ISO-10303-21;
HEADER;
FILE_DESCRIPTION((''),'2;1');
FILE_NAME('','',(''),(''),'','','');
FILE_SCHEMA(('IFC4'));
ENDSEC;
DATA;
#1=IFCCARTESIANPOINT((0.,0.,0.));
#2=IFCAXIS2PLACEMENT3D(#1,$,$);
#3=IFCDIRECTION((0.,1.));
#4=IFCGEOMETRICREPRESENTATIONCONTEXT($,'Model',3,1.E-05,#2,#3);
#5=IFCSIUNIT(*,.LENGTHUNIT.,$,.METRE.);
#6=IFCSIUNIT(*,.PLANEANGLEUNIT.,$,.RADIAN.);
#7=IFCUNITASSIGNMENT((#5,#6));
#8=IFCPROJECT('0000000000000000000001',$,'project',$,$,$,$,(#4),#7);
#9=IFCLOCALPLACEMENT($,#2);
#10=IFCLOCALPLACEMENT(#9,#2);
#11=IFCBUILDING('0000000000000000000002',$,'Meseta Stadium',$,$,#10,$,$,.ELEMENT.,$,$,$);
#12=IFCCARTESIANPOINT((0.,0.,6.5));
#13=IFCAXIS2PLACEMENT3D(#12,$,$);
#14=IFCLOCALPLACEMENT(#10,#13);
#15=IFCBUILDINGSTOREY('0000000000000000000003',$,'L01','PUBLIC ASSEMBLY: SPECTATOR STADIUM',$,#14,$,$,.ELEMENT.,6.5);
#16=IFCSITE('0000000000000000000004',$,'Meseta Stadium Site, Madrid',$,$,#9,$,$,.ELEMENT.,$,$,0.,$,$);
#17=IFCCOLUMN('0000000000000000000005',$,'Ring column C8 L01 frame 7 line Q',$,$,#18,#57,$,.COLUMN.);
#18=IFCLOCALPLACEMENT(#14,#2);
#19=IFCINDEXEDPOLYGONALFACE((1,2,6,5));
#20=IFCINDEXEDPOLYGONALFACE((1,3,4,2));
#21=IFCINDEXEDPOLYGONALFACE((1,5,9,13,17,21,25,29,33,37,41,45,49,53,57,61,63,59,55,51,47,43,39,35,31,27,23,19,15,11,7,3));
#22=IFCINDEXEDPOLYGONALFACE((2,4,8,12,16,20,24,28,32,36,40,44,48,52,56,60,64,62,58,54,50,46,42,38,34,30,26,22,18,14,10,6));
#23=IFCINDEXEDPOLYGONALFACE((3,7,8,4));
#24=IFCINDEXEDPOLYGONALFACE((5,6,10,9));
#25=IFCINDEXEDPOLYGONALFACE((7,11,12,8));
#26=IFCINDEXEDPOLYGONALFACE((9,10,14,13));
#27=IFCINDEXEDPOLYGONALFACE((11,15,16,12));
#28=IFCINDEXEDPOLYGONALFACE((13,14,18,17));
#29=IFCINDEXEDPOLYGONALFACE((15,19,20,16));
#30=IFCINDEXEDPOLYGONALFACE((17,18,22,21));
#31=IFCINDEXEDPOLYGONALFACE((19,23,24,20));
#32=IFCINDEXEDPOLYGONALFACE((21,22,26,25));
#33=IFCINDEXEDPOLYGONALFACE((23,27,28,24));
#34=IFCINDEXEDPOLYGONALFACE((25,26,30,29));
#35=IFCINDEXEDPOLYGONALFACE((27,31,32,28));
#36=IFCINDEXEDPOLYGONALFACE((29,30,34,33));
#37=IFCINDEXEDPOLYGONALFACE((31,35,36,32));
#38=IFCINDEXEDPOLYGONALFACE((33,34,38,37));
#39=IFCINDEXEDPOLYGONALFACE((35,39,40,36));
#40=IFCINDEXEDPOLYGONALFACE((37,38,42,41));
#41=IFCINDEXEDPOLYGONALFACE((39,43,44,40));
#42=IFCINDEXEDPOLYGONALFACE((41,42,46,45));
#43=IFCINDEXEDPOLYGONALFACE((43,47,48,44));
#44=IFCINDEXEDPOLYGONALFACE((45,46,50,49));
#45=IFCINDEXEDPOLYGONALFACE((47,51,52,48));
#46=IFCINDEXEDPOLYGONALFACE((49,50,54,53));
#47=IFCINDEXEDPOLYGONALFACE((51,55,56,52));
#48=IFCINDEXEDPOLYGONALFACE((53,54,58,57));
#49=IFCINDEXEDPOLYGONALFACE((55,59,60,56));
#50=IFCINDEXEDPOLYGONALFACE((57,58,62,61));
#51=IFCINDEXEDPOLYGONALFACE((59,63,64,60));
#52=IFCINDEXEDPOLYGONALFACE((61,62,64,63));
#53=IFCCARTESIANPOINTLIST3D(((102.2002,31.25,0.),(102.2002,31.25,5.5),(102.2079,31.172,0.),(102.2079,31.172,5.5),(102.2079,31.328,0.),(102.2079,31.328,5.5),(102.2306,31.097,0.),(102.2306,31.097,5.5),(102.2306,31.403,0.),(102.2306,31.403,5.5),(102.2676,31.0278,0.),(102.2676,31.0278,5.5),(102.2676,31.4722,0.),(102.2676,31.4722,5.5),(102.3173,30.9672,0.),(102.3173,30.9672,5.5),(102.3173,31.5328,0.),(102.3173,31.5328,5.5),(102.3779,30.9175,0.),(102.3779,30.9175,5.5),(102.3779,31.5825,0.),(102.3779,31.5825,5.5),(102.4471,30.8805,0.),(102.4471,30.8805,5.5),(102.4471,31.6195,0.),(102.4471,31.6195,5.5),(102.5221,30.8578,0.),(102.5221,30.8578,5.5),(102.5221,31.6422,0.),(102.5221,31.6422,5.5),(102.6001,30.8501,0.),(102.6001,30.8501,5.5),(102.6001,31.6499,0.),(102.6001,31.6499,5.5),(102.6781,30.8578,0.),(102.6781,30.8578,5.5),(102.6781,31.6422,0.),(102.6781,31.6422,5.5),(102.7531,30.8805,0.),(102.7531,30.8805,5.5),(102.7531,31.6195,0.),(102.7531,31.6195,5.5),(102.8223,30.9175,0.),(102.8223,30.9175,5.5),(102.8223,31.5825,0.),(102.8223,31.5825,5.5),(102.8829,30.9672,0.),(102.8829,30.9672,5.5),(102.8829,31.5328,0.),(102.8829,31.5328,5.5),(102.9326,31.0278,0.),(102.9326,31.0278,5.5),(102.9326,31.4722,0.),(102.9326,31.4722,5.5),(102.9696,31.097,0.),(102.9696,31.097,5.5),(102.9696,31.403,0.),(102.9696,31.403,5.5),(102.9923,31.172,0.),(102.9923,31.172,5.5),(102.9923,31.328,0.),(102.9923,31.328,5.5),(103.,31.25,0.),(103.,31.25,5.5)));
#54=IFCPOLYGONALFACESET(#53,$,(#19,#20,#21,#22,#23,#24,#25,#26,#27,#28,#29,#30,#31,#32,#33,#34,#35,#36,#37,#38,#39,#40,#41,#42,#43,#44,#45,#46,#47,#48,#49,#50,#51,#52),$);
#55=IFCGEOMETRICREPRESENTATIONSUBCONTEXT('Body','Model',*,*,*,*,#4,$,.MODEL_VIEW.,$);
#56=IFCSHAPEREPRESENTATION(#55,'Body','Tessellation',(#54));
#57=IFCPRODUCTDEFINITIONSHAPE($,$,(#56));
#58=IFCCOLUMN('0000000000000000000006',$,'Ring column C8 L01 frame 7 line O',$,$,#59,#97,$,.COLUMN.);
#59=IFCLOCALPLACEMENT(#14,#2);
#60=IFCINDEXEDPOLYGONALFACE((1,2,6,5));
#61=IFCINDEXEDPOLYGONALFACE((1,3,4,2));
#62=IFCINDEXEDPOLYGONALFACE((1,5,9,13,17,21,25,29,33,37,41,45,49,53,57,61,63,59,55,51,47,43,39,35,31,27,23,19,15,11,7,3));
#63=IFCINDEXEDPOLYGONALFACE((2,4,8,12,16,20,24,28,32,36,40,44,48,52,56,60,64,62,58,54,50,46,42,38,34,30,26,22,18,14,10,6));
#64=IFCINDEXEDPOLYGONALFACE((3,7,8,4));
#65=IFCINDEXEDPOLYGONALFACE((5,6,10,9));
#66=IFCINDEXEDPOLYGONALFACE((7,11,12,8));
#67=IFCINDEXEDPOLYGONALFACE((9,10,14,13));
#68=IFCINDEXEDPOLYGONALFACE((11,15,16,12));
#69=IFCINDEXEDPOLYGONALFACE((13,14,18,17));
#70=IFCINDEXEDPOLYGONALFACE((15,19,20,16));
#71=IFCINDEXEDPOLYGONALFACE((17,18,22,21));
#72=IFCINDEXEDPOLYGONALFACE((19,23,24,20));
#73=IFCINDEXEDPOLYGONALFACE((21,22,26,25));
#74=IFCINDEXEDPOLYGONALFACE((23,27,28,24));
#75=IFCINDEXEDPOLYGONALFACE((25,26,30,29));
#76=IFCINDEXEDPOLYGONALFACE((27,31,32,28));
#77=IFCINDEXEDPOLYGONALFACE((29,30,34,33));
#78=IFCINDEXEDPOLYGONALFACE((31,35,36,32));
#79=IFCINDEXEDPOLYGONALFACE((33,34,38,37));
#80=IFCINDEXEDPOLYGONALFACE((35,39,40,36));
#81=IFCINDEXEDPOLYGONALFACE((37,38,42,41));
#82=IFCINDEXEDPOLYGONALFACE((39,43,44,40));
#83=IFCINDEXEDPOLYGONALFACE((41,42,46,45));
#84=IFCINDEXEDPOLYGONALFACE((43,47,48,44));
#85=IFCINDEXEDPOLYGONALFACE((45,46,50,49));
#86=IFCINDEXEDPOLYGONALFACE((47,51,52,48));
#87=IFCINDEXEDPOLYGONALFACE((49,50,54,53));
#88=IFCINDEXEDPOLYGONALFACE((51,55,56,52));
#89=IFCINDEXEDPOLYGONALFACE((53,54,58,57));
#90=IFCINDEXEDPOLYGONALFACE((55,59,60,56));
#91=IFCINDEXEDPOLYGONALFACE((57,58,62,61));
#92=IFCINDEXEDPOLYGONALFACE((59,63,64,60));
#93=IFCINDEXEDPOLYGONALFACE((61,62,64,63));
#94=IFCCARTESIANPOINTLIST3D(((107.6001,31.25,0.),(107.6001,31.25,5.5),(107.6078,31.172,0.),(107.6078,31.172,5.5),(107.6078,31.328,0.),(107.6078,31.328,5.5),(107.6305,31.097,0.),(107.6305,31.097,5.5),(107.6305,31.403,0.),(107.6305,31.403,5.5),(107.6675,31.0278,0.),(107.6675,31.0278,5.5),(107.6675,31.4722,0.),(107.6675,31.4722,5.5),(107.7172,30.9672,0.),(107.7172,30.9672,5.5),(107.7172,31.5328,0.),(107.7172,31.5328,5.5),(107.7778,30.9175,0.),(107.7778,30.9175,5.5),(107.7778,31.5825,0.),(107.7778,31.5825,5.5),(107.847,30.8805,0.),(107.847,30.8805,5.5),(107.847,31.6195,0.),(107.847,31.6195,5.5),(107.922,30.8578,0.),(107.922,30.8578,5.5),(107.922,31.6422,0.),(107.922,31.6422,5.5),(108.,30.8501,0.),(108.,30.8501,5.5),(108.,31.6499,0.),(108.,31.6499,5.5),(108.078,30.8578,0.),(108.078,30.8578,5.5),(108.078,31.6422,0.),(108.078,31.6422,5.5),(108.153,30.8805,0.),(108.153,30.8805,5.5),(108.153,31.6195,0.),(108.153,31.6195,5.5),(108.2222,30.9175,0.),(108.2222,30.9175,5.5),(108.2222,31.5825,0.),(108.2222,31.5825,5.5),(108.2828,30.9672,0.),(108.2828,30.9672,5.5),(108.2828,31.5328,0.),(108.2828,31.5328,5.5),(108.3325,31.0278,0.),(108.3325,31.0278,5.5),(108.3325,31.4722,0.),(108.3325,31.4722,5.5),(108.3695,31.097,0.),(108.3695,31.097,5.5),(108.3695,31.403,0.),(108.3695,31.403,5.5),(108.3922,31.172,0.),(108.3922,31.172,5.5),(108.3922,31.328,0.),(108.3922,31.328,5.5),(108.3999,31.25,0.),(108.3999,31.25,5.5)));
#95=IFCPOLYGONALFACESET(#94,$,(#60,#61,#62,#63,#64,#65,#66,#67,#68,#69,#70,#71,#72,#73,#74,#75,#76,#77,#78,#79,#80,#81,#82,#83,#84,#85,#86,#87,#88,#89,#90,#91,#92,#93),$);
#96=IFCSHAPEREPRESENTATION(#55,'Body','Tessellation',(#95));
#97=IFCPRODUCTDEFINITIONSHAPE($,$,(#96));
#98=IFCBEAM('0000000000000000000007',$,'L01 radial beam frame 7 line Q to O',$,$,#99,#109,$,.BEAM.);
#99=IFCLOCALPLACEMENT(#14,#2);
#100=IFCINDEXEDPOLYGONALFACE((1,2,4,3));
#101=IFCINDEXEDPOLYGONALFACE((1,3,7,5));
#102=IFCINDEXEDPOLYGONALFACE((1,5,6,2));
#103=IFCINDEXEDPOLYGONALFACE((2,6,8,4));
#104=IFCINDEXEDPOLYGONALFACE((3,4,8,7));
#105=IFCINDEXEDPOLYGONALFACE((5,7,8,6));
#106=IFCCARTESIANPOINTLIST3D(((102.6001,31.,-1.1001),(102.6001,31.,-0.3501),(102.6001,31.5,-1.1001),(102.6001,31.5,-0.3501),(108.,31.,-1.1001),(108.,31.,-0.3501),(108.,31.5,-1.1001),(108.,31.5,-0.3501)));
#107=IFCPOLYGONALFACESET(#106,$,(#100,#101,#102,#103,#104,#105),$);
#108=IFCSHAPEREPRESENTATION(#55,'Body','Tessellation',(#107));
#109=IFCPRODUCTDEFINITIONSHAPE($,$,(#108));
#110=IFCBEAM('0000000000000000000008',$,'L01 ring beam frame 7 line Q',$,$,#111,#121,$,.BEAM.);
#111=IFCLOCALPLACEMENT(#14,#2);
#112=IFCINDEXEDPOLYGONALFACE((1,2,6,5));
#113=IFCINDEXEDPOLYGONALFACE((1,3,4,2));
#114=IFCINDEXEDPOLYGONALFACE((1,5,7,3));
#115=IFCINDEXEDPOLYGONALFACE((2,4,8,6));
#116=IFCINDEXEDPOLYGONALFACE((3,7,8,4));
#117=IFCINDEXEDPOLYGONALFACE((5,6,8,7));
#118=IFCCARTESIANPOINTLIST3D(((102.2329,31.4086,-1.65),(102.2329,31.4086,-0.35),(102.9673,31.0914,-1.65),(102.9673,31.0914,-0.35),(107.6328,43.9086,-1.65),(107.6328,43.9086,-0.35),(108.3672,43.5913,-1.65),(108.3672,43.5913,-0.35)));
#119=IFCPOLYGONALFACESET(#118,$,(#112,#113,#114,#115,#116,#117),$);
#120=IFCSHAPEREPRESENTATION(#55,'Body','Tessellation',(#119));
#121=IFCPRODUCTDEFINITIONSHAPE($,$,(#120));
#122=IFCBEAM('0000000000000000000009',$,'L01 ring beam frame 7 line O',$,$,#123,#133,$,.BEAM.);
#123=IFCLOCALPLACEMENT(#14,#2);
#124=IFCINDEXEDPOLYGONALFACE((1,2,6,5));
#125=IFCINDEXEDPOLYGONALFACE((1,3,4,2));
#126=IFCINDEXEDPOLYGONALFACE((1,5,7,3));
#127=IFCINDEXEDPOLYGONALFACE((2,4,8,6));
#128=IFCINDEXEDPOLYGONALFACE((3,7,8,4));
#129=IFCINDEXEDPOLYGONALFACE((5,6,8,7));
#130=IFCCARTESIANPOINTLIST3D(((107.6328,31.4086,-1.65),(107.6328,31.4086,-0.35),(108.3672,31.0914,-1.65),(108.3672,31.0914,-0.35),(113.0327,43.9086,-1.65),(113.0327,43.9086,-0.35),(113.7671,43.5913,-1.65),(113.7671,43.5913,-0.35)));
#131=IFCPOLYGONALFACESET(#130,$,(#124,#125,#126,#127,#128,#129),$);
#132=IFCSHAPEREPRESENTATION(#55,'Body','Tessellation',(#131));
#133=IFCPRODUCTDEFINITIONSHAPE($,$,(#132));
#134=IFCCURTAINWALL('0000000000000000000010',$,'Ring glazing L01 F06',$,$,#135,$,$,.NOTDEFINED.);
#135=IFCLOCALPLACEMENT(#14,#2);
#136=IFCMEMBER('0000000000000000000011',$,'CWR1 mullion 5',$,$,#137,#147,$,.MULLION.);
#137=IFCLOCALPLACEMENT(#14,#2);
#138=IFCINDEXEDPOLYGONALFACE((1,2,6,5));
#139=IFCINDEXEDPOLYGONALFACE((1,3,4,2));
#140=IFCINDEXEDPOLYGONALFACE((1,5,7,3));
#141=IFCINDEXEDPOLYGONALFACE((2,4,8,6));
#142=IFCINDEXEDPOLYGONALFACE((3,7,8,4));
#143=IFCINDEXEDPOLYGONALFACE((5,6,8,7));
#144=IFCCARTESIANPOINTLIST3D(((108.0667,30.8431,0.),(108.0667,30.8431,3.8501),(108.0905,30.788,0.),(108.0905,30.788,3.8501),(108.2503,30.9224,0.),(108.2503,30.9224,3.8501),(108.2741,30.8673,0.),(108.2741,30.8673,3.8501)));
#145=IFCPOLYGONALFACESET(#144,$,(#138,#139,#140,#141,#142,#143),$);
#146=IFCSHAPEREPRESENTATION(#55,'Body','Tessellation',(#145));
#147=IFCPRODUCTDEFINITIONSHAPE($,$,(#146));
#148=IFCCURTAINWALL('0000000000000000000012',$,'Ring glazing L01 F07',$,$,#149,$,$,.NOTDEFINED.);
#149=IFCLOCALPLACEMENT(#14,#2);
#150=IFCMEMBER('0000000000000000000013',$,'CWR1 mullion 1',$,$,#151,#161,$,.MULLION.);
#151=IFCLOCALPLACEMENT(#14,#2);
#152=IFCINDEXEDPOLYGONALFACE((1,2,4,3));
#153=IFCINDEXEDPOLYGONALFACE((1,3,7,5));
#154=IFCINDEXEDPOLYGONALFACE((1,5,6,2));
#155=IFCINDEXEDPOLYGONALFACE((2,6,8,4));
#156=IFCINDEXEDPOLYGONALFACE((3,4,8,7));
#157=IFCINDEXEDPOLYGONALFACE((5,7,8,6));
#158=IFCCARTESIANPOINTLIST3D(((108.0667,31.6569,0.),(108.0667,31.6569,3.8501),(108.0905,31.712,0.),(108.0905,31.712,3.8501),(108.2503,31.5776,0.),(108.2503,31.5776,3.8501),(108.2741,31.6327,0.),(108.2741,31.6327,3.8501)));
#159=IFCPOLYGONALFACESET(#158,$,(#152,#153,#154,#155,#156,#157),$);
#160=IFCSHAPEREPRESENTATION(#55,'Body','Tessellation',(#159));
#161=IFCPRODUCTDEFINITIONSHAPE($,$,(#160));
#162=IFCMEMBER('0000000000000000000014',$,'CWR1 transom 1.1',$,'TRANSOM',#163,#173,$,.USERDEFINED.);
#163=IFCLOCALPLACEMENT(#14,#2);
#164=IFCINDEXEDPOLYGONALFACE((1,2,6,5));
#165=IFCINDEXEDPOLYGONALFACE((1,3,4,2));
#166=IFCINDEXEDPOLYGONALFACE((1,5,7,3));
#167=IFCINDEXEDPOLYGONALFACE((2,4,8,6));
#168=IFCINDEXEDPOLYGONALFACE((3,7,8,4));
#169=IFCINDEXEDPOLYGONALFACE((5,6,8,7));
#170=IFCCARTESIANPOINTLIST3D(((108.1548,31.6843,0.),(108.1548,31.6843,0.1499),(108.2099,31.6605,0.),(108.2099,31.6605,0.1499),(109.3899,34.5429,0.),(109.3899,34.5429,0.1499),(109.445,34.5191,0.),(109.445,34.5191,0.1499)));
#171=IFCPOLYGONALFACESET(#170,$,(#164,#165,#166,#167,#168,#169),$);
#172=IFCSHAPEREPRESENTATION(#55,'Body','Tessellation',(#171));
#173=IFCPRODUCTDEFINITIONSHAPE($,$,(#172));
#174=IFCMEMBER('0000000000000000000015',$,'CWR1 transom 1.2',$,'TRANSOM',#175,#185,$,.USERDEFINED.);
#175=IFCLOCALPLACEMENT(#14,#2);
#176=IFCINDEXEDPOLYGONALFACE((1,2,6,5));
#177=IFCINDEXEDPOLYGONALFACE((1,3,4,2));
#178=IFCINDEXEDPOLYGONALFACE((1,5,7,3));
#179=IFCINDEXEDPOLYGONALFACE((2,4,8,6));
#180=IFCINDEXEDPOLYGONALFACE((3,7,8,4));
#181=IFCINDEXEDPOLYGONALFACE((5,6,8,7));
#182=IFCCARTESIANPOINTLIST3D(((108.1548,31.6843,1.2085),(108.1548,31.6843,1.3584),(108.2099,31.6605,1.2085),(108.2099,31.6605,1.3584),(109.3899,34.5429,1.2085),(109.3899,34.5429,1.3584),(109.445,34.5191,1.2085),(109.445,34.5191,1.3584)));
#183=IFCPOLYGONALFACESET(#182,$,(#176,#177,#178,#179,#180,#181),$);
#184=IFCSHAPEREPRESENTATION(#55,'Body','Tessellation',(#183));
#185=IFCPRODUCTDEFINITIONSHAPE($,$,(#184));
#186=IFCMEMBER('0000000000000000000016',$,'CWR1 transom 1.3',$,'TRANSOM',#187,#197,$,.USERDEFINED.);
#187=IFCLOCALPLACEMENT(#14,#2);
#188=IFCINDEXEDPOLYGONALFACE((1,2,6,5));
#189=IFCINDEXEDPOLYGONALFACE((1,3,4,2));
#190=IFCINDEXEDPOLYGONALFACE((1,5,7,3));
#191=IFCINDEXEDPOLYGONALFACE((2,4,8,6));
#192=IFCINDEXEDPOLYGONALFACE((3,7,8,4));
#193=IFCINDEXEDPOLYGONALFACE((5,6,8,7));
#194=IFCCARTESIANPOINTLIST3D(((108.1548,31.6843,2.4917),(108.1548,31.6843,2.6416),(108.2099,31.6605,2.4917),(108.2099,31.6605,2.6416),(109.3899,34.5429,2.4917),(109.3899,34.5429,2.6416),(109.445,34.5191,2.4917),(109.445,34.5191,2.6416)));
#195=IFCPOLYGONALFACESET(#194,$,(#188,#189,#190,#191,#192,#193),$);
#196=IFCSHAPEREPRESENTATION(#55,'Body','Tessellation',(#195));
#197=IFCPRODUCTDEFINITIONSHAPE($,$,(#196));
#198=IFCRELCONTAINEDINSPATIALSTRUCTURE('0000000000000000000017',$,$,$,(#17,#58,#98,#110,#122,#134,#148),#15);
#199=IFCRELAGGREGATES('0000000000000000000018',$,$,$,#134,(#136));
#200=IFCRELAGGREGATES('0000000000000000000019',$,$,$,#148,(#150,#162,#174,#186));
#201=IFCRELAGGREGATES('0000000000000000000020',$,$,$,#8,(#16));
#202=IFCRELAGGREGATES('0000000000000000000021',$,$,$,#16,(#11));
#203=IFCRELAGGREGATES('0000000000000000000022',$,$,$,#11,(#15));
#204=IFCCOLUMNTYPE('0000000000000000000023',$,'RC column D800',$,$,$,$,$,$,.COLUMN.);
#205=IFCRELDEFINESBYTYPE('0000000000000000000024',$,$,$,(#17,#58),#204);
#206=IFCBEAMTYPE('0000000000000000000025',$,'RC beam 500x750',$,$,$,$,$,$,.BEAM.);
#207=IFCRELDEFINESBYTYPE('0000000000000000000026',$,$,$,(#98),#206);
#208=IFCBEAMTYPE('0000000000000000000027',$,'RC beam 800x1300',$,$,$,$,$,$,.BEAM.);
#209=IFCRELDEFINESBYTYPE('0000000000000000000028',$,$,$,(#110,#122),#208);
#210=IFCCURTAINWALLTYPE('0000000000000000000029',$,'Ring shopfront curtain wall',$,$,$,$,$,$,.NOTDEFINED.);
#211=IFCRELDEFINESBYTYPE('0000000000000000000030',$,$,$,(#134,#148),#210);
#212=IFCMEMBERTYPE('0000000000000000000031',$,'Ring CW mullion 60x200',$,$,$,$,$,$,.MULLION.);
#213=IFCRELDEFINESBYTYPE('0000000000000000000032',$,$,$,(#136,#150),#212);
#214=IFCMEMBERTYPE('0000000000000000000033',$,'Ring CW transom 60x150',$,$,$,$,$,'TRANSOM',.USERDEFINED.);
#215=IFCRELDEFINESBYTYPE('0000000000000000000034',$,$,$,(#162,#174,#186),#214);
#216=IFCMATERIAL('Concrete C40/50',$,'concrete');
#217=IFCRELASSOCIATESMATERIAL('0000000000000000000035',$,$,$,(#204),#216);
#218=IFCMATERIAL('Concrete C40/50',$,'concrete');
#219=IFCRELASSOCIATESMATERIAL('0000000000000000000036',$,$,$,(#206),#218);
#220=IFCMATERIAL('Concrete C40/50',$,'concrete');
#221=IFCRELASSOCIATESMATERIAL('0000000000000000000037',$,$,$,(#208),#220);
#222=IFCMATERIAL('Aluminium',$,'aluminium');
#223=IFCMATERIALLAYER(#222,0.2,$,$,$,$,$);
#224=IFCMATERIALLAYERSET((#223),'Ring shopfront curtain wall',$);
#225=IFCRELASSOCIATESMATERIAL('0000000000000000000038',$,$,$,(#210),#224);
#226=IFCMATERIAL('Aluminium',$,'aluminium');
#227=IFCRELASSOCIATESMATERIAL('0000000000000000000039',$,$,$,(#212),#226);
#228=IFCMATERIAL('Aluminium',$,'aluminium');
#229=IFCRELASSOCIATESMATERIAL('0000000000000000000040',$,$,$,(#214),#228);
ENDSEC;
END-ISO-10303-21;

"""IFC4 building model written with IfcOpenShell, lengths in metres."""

from ifc_helpers import new_model, si_unit, direction, frame, origin, origin_2d, place, context, subcontext, project, spatial, rectangle, circle, extrude, material, layer, layer_set, material_profile, profile_set, type_object, element, aggregate, save


model = new_model("IFC4")

# Units and contexts
model_context = context("Model", 3, precision=1e-05, world=origin(), true_north=direction((0.0, 1.0)))
body_context = subcontext(model_context, "Body", "Model", "MODEL_VIEW")
ifc_project = project(units=[si_unit("LENGTHUNIT", "METRE"), si_unit("PLANEANGLEUNIT", "RADIAN")], contexts=[model_context])

# Site, building, storey
site_placement = place(None, origin())
site = spatial("IfcSite", under=ifc_project, at=site_placement, Name="Meseta Stadium Site, Madrid", CompositionType="ELEMENT", RefElevation=0.0)
building_placement = place(site_placement, origin())
building = spatial("IfcBuilding", under=site, at=building_placement, Name="Meseta Stadium", CompositionType="ELEMENT")
storey_placement = place(building_placement, frame((0.0, 0.0, 6.5)))
storey = spatial("IfcBuildingStorey", under=building, at=storey_placement, Name="L01", Description="PUBLIC ASSEMBLY: SPECTATOR STADIUM", CompositionType="ELEMENT", Elevation=6.5)

# Columns
ifc_material_1 = material(Name="Concrete C40/50", Category="concrete")
ifc_material_profile_1 = material_profile(ifc_material_1, circle(Radius=0.3999, at=origin_2d()), Name="RC D800")
ifc_profile_set_1 = profile_set([ifc_material_profile_1], Name="Concrete C40/50")
column_type = type_object("IfcColumnType", Name="RC column D800", PredefinedType="COLUMN", material=ifc_profile_set_1)
for number, where, z_axis, x_axis, name in (
    (1, (102.6001, 31.25, 0.0), (0.0, 0.0, 1.0), (1.0, 0.0, 0.0), "Ring column C8 L01 frame 7 line Q"),
    (2, (108.0, 31.25, 0.0), (0.0, 0.0, 1.0), (1.0, 0.0, 0.0), "Ring column C8 L01 frame 7 line O"),
):
    element("IfcColumn", number, at=place(storey_placement, frame(where, z_axis=z_axis, x_axis=x_axis)), inside=storey, type_object=column_type, Name=name, PredefinedType="COLUMN", context=body_context, shape_type="SweptSolid", body=[
        extrude(circle(Radius=0.3999, at=origin_2d()), origin(), (0.0, 0.0, 1.0), 5.5),
    ])

# Beams
ifc_material_2 = material(Name="Concrete C40/50", Category="concrete")
ifc_material_profile_2 = material_profile(ifc_material_2, rectangle(XDim=0.5, YDim=0.75, at=origin_2d()), Name="RC 500x750")
ifc_profile_set_2 = profile_set([ifc_material_profile_2], Name="Concrete C40/50")
beam_type_1 = type_object("IfcBeamType", Name="RC beam 500x750", PredefinedType="BEAM", material=ifc_profile_set_2)
beam_placement = place(storey_placement, frame((102.6001, 31.25, -0.7251), z_axis=(1.0, 0.0, 0.0), x_axis=(0.0, 1.0, 0.0)))
element("IfcBeam", 3, at=beam_placement, inside=storey, type_object=beam_type_1, Name="L01 radial beam frame 7 line Q to O", PredefinedType="BEAM", context=body_context, shape_type="SweptSolid", body=[
    extrude(rectangle(XDim=0.5, YDim=0.75, at=origin_2d()), origin(), (0.0, 0.0, 1.0), 5.3999),
])
ifc_material_3 = material(Name="Concrete C40/50", Category="concrete")
ifc_material_profile_3 = material_profile(ifc_material_3, rectangle(XDim=0.8, YDim=1.3, at=origin_2d()), Name="RC 800x1300")
ifc_profile_set_3 = profile_set([ifc_material_profile_3], Name="Concrete C40/50")
beam_type_2 = type_object("IfcBeamType", Name="RC beam 800x1300", PredefinedType="BEAM", material=ifc_profile_set_3)
for number, where, z_axis, x_axis, name in (
    (4, (102.6001, 31.25, -1.0), (0.396571, 0.918004, 0.0), (-0.918004, 0.396571, 0.0), "L01 ring beam frame 7 line Q"),
    (5, (108.0, 31.25, -1.0), (0.396571, 0.918004, 0.0), (-0.918004, 0.396571, 0.0), "L01 ring beam frame 7 line O"),
):
    element("IfcBeam", number, at=place(storey_placement, frame(where, z_axis=z_axis, x_axis=x_axis)), inside=storey, type_object=beam_type_2, Name=name, PredefinedType="BEAM", context=body_context, shape_type="SweptSolid", body=[
        extrude(rectangle(XDim=0.8, YDim=1.3, at=origin_2d()), origin(), (0.0, 0.0, 1.0), 13.6165),
    ])

# Curtain wall, member
ifc_material_4 = material(Name="Aluminium", Category="aluminium")
ifc_layer_1 = layer(ifc_material_4, 0.2)
ifc_layer_set_1 = layer_set([ifc_layer_1], Name="Ring shopfront curtain wall")
curtain_wall_type = type_object("IfcCurtainWallType", Name="Ring shopfront curtain wall", PredefinedType="NOTDEFINED", material=ifc_layer_set_1)
curtain_wall_1_placement = place(storey_placement, origin())
curtain_wall_1 = element("IfcCurtainWall", 6, at=curtain_wall_1_placement, inside=storey, type_object=curtain_wall_type, Name="Ring glazing L01 F06", PredefinedType="NOTDEFINED")
ifc_material_5 = material(Name="Aluminium", Category="aluminium")
ifc_material_profile_4 = material_profile(ifc_material_5, rectangle(XDim=0.2, YDim=0.0601, at=origin_2d()), Name="CW 200x60")
ifc_profile_set_4 = profile_set([ifc_material_profile_4], Name="Aluminium")
member_type_1 = type_object("IfcMemberType", Name="Ring CW mullion 60x200", PredefinedType="MULLION", material=ifc_profile_set_4)
member_1_placement = place(storey_placement, frame((108.1704, 30.8552, 0.0), z_axis=(0.0, 0.0, 1.0), x_axis=(-0.918, -0.396581, 0.0)))
member_1 = element("IfcMember", 7, at=member_1_placement, type_object=member_type_1, Name="CWR1 mullion 5", PredefinedType="MULLION", context=body_context, shape_type="SweptSolid", body=[
    extrude(rectangle(XDim=0.2, YDim=0.0601, at=origin_2d()), origin(), (0.0, 0.0, 1.0), 3.8501),
])
aggregate(curtain_wall_1, [member_1])

# Curtain wall, members
curtain_wall_2_placement = place(storey_placement, origin())
curtain_wall_2 = element("IfcCurtainWall", 8, at=curtain_wall_2_placement, inside=storey, type_object=curtain_wall_type, Name="Ring glazing L01 F07", PredefinedType="NOTDEFINED")
member_2_placement = place(storey_placement, frame((108.1704, 31.6448, 0.0), z_axis=(0.0, 0.0, 1.0), x_axis=(-0.918, 0.396581, 0.0)))
member_2 = element("IfcMember", 9, at=member_2_placement, type_object=member_type_1, Name="CWR1 mullion 1", PredefinedType="MULLION", context=body_context, shape_type="SweptSolid", body=[
    extrude(rectangle(XDim=0.2, YDim=0.0601, at=origin_2d()), origin(), (0.0, 0.0, 1.0), 3.8501),
])
ifc_material_6 = material(Name="Aluminium", Category="aluminium")
ifc_material_profile_5 = material_profile(ifc_material_6, rectangle(XDim=0.0601, YDim=0.1499, at=origin_2d()), Name="CW 60x150")
ifc_profile_set_5 = profile_set([ifc_material_profile_5], Name="Aluminium")
member_type_2 = type_object("IfcMemberType", Name="Ring CW transom 60x150", ElementType="TRANSOM", PredefinedType="USERDEFINED", material=ifc_profile_set_5)
member_3_placement = place(storey_placement, frame((108.1824, 31.6724, 0.075), z_axis=(0.396624, 0.917981, 0.0), x_axis=(-0.917981, 0.396624, 0.0)))
member_3 = element("IfcMember", 10, at=member_3_placement, type_object=member_type_2, Name="CWR1 transom 1.1", ObjectType="TRANSOM", PredefinedType="USERDEFINED", context=body_context, shape_type="SweptSolid", body=[
    extrude(rectangle(XDim=0.0601, YDim=0.1499, at=origin_2d()), origin(), (0.0, 0.0, 1.0), 3.114),
])
member_4_placement = place(storey_placement, frame((108.1824, 31.6724, 1.2834), z_axis=(0.396624, 0.917981, 0.0), x_axis=(-0.917981, 0.396624, 0.0)))
member_4 = element("IfcMember", 11, at=member_4_placement, type_object=member_type_2, Name="CWR1 transom 1.2", ObjectType="TRANSOM", PredefinedType="USERDEFINED", context=body_context, shape_type="SweptSolid", body=[
    extrude(rectangle(XDim=0.0601, YDim=0.1499, at=origin_2d()), origin(), (0.0, 0.0, 1.0), 3.114),
])
member_5_placement = place(storey_placement, frame((108.1824, 31.6724, 2.5667), z_axis=(0.396624, 0.917981, 0.0), x_axis=(-0.917981, 0.396624, 0.0)))
member_5 = element("IfcMember", 12, at=member_5_placement, type_object=member_type_2, Name="CWR1 transom 1.3", ObjectType="TRANSOM", PredefinedType="USERDEFINED", context=body_context, shape_type="SweptSolid", body=[
    extrude(rectangle(XDim=0.0601, YDim=0.1499, at=origin_2d()), origin(), (0.0, 0.0, 1.0), 3.114),
])
aggregate(curtain_wall_2, [member_2, member_3, member_4, member_5])

save(model, "model.ifc")
